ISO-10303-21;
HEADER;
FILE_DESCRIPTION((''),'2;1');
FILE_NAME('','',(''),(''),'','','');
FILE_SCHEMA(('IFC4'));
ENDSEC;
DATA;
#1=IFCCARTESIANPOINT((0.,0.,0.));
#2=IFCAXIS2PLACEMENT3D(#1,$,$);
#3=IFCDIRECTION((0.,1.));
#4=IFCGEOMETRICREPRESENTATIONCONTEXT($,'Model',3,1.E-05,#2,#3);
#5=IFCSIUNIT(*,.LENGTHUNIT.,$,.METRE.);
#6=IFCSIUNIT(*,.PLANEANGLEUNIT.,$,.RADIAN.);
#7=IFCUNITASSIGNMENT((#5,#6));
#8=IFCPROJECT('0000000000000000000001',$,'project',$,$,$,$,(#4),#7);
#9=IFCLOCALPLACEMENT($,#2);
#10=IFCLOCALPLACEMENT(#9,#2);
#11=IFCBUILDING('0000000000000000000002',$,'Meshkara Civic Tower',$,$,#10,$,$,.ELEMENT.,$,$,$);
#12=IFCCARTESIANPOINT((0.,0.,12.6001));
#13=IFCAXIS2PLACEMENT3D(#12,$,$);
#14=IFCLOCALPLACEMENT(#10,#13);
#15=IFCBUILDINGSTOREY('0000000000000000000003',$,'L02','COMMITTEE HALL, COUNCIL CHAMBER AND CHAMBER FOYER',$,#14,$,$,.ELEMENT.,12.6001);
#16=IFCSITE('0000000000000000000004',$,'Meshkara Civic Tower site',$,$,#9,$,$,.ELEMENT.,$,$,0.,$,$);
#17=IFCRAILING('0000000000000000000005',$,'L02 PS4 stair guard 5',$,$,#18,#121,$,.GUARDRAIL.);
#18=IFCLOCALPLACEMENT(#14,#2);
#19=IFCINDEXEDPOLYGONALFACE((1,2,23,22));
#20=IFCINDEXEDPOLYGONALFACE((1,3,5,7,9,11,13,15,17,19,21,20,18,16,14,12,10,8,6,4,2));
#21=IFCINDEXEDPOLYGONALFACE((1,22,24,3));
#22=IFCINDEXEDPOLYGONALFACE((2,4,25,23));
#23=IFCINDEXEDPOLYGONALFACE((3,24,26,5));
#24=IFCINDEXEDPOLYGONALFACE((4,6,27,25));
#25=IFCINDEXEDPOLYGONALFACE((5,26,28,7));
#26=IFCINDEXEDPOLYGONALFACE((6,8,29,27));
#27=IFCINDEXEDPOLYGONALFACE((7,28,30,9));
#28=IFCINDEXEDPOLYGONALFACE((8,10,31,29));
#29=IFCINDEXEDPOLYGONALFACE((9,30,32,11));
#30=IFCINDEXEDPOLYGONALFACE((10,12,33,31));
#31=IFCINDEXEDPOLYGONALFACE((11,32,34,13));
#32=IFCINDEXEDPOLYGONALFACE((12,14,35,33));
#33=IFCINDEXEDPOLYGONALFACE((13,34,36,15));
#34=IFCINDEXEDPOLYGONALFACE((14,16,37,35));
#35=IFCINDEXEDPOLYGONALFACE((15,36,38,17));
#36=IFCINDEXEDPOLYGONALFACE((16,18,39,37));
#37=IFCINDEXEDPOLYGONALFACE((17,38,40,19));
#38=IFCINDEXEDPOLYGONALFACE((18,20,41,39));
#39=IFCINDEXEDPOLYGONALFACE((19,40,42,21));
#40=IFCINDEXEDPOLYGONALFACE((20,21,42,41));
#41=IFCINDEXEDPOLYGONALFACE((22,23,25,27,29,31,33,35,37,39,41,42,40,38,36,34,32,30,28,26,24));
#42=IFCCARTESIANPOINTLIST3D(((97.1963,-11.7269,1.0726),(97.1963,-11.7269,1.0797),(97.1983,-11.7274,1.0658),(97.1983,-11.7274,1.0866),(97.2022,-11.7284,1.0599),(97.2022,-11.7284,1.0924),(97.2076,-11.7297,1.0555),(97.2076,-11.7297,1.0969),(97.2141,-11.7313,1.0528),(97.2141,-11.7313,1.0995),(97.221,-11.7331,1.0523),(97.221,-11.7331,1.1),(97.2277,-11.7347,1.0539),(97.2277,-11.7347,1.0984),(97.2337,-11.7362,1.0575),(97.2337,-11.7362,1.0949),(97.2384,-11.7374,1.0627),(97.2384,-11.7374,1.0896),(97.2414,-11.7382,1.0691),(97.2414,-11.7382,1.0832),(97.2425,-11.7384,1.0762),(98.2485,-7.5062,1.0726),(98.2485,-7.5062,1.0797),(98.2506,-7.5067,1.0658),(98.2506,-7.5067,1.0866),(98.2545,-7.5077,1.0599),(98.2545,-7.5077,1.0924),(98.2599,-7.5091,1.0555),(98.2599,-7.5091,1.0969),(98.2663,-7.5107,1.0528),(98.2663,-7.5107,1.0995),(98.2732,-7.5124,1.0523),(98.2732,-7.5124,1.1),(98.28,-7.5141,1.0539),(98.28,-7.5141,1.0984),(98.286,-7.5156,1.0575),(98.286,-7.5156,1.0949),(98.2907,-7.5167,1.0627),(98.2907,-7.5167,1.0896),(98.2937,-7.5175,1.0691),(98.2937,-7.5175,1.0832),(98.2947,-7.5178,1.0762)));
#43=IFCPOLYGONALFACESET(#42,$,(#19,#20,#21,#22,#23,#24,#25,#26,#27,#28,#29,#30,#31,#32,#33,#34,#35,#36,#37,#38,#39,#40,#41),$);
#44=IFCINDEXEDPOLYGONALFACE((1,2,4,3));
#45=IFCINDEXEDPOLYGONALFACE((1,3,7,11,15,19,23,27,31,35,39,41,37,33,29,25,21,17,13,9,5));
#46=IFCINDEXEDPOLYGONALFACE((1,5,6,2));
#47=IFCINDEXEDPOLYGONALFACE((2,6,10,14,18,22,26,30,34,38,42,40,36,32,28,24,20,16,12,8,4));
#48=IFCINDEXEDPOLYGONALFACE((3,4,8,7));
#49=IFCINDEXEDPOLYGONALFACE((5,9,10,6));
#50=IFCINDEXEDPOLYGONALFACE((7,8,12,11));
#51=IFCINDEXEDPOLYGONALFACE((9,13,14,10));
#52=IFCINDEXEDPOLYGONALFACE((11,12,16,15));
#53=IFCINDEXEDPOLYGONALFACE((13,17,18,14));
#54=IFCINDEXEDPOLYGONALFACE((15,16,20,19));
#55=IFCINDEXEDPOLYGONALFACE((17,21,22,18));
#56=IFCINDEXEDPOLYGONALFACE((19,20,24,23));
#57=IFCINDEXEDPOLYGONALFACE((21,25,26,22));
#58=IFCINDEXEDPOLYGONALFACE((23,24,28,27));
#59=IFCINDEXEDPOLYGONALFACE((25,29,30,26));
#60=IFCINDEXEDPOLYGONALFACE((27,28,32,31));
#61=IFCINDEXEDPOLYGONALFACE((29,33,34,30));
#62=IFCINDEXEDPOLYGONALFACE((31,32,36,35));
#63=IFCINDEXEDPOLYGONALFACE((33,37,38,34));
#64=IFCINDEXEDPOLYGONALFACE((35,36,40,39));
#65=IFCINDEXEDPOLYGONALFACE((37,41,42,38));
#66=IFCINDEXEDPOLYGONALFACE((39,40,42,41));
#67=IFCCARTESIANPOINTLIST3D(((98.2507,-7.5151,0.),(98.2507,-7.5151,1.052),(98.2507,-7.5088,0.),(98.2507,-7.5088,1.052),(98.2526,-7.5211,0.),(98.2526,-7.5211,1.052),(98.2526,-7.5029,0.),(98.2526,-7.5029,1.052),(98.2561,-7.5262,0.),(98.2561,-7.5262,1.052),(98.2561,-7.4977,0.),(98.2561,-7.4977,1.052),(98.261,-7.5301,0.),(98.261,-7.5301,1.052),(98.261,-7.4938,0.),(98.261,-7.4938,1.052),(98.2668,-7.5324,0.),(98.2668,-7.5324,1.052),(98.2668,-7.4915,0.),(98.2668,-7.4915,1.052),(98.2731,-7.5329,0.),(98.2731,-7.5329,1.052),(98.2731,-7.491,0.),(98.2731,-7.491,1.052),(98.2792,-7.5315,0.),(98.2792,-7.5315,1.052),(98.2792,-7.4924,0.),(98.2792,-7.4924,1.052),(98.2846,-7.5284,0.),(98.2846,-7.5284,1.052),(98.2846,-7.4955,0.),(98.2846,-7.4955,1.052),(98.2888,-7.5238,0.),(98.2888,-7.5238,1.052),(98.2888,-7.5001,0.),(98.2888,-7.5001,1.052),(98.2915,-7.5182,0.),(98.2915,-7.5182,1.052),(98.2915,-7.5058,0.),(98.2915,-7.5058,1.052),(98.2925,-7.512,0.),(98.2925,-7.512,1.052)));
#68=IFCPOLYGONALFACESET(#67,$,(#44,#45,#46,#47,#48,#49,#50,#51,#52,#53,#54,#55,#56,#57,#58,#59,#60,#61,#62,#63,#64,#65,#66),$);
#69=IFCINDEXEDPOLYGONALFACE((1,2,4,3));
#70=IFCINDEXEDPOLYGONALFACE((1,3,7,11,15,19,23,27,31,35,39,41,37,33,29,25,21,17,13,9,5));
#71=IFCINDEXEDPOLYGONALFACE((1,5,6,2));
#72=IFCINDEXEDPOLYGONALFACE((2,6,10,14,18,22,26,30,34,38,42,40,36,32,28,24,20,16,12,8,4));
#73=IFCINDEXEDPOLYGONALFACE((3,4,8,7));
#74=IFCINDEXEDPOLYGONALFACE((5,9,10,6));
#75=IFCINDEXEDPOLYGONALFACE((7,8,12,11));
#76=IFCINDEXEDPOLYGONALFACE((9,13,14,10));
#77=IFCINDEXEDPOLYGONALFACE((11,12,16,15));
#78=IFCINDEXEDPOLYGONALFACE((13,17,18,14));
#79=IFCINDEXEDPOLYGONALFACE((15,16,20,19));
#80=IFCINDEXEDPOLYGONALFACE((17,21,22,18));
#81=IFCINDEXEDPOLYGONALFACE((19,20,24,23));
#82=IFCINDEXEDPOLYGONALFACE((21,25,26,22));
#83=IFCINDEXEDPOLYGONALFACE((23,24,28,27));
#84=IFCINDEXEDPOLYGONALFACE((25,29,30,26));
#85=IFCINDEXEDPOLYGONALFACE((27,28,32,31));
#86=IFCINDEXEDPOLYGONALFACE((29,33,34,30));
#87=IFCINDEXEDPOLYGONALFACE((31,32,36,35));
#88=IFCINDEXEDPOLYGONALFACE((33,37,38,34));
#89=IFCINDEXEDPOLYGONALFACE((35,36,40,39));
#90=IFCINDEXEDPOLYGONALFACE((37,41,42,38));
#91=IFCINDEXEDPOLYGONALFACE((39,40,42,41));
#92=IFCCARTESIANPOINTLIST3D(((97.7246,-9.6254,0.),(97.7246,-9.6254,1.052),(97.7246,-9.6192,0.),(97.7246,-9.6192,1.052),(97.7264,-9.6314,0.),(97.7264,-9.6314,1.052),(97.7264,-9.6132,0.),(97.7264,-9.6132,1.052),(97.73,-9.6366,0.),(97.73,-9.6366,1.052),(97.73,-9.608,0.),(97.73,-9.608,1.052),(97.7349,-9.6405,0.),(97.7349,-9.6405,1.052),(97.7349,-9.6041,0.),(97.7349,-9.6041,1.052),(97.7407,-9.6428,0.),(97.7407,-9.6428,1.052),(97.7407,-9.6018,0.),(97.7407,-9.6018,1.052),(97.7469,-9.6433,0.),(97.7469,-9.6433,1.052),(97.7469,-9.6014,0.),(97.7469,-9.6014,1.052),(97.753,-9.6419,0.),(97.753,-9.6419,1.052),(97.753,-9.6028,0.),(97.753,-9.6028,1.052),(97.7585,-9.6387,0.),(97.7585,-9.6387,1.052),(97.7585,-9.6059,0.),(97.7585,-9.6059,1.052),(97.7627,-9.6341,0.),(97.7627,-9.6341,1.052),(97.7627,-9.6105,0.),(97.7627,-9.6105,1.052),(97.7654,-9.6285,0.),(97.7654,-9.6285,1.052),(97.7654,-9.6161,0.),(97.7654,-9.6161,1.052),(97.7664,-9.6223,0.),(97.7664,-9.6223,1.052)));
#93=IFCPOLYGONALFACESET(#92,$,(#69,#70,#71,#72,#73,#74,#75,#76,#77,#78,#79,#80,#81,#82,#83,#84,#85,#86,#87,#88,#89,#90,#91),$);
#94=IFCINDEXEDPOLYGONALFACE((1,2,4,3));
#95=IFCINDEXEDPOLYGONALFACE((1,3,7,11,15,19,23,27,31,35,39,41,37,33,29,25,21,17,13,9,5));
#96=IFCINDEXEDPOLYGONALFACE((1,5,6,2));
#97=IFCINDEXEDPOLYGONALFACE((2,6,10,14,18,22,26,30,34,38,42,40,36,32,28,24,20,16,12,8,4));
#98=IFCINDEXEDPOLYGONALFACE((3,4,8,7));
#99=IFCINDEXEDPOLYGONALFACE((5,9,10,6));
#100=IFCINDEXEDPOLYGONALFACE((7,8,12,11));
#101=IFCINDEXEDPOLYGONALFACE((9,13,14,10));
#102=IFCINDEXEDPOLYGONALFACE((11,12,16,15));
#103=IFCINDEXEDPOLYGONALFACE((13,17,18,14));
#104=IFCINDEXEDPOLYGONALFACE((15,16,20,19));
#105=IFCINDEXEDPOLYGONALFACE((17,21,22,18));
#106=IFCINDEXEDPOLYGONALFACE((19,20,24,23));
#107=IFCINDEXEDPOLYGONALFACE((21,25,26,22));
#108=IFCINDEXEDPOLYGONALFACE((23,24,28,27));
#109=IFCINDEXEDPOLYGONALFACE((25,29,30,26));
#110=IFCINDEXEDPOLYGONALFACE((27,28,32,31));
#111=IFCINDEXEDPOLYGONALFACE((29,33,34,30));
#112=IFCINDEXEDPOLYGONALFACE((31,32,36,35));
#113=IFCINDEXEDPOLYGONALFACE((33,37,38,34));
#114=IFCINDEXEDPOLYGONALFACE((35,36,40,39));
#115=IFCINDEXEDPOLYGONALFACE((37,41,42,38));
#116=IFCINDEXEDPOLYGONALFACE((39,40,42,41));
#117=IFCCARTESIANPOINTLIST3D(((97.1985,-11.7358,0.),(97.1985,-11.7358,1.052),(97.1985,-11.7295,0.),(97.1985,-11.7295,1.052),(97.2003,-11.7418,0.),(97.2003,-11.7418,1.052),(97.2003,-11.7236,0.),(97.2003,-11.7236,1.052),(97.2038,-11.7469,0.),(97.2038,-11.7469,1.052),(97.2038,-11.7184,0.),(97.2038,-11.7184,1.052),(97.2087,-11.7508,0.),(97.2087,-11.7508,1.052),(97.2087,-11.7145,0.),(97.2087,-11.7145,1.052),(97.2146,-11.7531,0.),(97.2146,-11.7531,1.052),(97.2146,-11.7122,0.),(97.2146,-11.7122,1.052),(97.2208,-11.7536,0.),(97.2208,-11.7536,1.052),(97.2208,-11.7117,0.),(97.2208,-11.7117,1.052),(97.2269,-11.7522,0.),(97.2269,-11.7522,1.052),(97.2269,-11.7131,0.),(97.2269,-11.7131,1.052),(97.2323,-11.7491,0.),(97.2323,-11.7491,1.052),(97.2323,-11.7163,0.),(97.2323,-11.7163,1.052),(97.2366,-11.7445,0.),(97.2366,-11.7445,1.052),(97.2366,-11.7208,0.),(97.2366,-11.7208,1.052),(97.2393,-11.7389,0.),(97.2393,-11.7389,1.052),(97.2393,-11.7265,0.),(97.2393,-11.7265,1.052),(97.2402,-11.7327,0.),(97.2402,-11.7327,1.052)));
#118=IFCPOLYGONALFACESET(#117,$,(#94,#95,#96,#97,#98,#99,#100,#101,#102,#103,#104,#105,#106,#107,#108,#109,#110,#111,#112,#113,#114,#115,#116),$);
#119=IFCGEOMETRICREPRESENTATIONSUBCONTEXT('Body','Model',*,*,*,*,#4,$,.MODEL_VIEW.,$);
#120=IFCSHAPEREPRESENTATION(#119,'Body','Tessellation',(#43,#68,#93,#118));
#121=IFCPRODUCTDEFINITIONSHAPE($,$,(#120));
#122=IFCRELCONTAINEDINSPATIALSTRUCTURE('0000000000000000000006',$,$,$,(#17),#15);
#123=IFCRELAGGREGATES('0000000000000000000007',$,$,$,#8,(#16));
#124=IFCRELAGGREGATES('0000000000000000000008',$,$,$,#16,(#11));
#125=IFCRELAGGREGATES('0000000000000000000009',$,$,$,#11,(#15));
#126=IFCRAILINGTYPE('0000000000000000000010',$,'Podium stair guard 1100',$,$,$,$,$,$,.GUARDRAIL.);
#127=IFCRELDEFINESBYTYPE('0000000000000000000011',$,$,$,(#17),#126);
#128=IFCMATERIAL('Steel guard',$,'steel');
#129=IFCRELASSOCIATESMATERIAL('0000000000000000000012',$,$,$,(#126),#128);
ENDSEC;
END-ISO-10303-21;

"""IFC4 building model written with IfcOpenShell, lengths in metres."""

from ifc_helpers import new_model, si_unit, direction, frame, origin, origin_2d, place, context, subcontext, project, spatial, circle, extrude, material, type_object, element, save


model = new_model("IFC4")

# Units and contexts
model_context = context("Model", 3, precision=1e-05, world=origin(), true_north=direction((0.0, 1.0)))
body_context = subcontext(model_context, "Body", "Model", "MODEL_VIEW")
ifc_project = project(units=[si_unit("LENGTHUNIT", "METRE"), si_unit("PLANEANGLEUNIT", "RADIAN")], contexts=[model_context])

# Site, building, storey
site_placement = place(None, origin())
site = spatial("IfcSite", under=ifc_project, at=site_placement, Name="Meshkara Civic Tower site", CompositionType="ELEMENT", RefElevation=0.0)
building_placement = place(site_placement, origin())
building = spatial("IfcBuilding", under=site, at=building_placement, Name="Meshkara Civic Tower", CompositionType="ELEMENT")
storey_placement = place(building_placement, frame((0.0, 0.0, 12.6001)))
storey = spatial("IfcBuildingStorey", under=building, at=storey_placement, Name="L02", Description="COMMITTEE HALL, COUNCIL CHAMBER AND CHAMBER FOYER", CompositionType="ELEMENT", Elevation=12.6001)

# Railing
ifc_material_1 = material(Name="Steel guard", Category="steel")
railing_type_1 = type_object("IfcRailingType", Name="Podium stair guard 1100", PredefinedType="GUARDRAIL", material=ifc_material_1)
railing_1_placement = place(storey_placement, frame((98.2715, -7.512, 0.0)))
element("IfcRailing", 1, at=railing_1_placement, inside=storey, type_object=railing_type_1, Name="L02 PS4 stair guard 5", PredefinedType="GUARDRAIL", context=body_context, shape_type="SweptSolid", body=[
    extrude(circle(Radius=0.0239, at=origin_2d()), frame((0.0, 0.0, 1.0762), z_axis=(-0.241902, -0.970301, 0.0), x_axis=(0.970301, -0.241902, 0.0)), (0.0, 0.0, 1.0), 4.3499),
    extrude(circle(Radius=0.021, at=origin_2d()), origin(), (0.0, 0.0, 1.0), 1.052),
    extrude(circle(Radius=0.021, at=origin_2d()), frame((-0.5261, -2.1104, 0.0)), (0.0, 0.0, 1.0), 1.052),
    extrude(circle(Radius=0.021, at=origin_2d()), frame((-1.0522, -4.2207, 0.0)), (0.0, 0.0, 1.0), 1.052),
])

save(model, "model.ifc")
